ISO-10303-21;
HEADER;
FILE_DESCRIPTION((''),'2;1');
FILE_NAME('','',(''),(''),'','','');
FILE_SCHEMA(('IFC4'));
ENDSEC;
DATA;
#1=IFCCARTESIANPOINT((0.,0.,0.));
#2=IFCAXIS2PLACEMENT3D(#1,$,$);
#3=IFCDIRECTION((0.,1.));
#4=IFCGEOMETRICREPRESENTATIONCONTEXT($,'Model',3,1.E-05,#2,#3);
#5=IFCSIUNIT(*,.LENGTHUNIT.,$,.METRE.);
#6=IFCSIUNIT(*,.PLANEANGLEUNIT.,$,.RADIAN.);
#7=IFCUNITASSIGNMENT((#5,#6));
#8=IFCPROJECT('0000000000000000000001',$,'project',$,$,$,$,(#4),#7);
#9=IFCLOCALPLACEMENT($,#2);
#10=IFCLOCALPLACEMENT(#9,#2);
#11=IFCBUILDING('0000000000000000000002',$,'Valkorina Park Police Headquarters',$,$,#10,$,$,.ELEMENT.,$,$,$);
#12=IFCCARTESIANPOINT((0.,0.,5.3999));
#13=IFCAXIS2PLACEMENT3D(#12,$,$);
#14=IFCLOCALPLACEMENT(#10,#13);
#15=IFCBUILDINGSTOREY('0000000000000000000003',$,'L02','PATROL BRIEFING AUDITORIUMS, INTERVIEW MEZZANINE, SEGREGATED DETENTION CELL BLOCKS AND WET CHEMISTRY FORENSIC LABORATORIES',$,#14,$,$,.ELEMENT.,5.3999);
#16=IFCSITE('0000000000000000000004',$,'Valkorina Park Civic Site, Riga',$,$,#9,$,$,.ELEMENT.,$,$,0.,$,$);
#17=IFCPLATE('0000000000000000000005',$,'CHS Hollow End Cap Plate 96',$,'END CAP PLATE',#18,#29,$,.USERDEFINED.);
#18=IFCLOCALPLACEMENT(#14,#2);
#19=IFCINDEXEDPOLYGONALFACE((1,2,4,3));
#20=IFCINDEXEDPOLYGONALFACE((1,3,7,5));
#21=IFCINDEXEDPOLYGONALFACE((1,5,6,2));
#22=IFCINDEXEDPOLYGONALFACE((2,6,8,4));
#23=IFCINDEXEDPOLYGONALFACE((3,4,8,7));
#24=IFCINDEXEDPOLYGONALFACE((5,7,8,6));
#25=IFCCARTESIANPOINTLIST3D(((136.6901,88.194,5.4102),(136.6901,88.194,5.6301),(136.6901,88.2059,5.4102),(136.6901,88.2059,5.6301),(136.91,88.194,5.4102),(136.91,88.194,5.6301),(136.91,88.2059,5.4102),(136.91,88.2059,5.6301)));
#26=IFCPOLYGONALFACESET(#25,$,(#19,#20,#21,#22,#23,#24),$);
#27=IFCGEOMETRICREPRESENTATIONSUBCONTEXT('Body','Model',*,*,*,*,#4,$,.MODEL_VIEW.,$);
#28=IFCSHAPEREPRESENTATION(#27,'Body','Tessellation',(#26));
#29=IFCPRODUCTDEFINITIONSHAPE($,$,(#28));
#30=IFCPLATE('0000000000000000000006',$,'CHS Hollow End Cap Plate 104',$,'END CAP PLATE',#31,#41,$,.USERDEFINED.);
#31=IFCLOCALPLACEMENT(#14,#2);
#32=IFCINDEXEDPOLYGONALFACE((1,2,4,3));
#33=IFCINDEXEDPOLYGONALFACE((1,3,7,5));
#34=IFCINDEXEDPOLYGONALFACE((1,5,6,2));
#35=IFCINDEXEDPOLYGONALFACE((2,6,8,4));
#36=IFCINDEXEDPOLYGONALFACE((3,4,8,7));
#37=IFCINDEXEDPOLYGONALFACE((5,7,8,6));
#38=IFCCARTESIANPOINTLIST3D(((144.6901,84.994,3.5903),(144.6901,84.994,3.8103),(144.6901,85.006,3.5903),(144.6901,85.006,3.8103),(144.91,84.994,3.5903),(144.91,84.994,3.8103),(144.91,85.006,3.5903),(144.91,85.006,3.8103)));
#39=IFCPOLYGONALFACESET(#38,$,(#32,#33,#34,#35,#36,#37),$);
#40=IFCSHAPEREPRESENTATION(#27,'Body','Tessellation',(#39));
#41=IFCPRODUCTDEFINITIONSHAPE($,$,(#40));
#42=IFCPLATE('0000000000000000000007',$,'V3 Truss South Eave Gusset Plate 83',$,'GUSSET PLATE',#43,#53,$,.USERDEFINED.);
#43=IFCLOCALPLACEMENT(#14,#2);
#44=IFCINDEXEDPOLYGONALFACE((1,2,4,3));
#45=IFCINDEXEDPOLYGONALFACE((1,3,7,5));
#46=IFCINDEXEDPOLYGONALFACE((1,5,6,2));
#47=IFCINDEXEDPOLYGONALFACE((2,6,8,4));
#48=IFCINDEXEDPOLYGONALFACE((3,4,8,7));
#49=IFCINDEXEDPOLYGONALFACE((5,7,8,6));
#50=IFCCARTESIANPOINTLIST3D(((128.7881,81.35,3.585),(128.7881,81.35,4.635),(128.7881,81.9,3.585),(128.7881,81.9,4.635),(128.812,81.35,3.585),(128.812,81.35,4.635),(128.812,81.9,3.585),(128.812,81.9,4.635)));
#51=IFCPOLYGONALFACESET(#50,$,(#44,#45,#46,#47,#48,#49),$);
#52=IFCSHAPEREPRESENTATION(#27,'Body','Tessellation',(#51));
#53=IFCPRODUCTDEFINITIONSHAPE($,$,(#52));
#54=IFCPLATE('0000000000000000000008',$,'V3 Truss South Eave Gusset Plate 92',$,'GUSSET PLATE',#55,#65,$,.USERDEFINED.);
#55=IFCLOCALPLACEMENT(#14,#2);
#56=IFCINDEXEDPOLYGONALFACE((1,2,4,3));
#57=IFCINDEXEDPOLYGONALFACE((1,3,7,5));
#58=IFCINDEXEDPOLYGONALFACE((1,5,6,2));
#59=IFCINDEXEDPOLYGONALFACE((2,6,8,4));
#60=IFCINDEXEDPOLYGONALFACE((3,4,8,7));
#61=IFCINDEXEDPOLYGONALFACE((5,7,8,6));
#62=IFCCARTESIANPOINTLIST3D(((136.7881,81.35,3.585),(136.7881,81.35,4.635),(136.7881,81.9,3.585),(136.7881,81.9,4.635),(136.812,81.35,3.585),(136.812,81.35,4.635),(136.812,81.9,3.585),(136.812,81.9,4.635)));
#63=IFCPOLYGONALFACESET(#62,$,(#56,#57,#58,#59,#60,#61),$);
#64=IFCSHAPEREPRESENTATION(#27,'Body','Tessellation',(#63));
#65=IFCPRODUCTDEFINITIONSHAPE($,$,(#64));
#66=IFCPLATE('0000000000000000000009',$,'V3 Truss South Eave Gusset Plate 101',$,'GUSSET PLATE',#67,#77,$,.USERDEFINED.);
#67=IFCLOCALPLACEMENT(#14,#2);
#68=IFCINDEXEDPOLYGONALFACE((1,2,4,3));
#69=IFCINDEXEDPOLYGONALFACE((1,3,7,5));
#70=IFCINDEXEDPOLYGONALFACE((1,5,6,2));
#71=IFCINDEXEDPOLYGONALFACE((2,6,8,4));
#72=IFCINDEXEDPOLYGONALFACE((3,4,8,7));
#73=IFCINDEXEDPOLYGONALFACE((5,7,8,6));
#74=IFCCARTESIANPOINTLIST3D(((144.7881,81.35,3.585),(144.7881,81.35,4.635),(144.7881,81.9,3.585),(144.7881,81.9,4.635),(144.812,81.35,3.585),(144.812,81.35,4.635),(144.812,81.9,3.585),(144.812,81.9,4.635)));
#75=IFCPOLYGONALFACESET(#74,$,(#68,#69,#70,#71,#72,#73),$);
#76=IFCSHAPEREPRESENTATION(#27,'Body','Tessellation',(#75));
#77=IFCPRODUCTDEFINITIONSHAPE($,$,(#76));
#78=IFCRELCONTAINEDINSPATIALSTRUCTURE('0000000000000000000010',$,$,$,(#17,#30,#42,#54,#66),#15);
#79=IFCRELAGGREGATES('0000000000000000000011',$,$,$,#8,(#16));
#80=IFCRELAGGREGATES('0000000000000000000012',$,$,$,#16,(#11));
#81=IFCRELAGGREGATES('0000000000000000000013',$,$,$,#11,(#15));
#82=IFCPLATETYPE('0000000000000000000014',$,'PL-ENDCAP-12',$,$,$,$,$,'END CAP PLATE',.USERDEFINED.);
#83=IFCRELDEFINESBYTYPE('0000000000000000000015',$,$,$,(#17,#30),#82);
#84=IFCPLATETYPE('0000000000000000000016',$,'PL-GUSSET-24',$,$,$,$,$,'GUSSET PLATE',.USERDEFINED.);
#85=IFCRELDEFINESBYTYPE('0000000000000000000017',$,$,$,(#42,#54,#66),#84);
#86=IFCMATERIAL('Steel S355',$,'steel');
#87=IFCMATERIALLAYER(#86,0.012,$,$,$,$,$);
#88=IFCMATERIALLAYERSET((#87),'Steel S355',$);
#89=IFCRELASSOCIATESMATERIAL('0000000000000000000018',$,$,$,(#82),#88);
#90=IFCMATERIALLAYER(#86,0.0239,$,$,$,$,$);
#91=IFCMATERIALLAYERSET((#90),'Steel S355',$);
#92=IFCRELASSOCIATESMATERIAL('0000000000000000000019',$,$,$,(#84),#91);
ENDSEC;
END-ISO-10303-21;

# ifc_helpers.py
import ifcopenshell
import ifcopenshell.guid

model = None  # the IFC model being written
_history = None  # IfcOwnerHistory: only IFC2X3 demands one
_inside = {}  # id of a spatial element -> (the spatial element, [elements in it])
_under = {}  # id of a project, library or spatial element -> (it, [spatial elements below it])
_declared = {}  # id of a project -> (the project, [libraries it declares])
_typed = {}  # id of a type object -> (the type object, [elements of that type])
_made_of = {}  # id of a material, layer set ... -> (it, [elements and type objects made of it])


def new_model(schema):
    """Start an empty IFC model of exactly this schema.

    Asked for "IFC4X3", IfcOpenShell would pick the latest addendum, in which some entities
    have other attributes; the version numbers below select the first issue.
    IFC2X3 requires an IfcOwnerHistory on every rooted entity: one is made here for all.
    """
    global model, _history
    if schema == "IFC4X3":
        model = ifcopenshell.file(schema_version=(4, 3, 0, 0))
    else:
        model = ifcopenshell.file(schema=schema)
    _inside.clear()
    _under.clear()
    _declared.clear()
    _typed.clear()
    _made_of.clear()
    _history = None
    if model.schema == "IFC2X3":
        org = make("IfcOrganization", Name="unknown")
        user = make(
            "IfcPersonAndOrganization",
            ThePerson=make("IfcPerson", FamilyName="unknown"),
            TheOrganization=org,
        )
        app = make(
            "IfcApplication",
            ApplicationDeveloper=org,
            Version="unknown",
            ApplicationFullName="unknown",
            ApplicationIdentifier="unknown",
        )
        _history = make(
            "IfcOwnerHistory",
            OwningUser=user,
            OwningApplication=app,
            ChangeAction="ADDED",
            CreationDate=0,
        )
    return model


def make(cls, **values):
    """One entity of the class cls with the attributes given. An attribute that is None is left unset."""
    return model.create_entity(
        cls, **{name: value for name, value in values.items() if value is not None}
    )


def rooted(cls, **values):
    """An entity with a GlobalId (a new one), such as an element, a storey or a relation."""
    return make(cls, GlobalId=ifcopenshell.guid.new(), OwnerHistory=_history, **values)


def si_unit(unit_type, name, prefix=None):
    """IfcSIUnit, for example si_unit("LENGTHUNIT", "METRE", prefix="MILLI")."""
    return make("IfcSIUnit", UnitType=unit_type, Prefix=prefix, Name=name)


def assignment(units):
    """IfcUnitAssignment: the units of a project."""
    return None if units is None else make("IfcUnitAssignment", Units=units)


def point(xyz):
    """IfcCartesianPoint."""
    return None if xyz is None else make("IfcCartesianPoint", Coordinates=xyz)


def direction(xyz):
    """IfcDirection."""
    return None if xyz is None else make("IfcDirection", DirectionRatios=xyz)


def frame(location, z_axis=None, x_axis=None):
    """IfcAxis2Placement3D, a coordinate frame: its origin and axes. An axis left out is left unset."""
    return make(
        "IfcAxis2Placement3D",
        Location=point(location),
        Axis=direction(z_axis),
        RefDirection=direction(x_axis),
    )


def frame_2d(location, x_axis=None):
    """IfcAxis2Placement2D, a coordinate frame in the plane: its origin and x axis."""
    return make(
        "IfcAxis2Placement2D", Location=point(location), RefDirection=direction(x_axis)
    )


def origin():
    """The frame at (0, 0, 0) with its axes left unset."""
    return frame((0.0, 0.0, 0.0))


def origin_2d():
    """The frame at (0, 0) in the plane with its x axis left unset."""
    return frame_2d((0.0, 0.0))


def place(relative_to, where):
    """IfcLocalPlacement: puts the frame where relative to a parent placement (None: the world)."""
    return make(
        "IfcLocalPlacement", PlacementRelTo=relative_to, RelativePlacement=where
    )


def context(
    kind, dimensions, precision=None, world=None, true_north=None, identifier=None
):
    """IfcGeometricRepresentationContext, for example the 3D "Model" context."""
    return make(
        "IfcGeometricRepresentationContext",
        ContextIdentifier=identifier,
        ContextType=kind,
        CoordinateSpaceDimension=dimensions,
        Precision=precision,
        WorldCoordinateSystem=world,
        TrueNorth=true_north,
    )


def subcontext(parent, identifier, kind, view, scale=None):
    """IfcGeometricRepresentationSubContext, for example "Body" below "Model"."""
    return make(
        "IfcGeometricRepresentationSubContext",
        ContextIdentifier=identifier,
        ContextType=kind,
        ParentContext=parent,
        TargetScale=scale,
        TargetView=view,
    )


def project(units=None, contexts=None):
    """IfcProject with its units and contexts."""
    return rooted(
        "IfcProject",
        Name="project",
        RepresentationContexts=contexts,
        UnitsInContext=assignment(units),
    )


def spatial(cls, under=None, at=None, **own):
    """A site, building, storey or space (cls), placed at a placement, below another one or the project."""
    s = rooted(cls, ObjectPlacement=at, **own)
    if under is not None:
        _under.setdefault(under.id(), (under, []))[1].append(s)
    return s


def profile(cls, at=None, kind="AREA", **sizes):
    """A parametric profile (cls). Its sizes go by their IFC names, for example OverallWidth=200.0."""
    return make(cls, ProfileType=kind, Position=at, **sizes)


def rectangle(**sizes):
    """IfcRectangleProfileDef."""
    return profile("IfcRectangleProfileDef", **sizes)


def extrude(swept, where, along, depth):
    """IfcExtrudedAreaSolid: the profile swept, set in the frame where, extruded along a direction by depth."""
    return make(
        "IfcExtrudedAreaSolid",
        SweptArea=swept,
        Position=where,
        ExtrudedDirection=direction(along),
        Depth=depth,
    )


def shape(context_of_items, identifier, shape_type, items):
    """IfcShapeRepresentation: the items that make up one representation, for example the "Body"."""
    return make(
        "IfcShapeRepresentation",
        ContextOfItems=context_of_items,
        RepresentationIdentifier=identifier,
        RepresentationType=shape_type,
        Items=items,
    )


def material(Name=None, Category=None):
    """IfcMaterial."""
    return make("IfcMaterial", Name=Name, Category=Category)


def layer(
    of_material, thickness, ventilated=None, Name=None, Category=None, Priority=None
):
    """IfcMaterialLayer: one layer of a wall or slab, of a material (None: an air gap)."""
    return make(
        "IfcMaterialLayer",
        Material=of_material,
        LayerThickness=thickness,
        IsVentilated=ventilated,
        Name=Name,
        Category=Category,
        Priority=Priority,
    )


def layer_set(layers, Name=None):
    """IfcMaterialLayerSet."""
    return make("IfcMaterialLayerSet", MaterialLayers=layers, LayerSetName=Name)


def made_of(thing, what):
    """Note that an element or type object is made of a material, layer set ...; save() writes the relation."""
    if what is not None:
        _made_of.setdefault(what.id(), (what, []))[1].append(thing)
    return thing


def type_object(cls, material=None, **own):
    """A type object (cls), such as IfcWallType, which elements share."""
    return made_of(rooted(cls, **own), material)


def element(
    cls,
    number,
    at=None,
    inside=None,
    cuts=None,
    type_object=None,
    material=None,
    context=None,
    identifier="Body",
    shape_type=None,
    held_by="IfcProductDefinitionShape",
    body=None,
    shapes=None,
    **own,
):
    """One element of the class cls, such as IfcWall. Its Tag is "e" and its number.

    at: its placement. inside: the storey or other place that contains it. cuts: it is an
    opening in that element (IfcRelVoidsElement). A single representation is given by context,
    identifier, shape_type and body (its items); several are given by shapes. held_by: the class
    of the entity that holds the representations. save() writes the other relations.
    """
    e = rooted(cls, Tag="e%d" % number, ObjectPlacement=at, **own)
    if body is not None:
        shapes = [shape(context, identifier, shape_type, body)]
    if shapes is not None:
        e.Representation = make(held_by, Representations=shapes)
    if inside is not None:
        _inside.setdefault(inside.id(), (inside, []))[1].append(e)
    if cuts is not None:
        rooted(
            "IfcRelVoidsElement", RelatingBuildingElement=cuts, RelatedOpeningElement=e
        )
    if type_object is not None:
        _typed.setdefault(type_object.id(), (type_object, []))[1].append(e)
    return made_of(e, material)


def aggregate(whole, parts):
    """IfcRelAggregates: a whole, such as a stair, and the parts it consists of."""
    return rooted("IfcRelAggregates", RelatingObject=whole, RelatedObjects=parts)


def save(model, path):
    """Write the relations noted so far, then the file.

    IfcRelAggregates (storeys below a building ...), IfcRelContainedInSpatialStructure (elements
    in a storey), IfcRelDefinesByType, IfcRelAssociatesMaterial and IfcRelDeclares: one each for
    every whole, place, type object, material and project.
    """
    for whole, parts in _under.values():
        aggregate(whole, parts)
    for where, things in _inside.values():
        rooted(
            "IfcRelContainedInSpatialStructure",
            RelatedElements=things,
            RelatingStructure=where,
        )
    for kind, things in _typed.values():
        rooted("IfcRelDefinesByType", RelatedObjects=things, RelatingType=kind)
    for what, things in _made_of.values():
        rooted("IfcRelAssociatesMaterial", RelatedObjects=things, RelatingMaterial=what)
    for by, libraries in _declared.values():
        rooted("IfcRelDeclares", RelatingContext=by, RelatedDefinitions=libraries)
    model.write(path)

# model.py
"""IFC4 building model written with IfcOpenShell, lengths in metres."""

from ifc_helpers import new_model, si_unit, direction, frame, origin, origin_2d, place, context, subcontext, project, spatial, rectangle, extrude, material, layer, layer_set, type_object, element, save


model = new_model("IFC4")

# Units and contexts
model_context = context("Model", 3, precision=1e-05, world=origin(), true_north=direction((0.0, 1.0)))
body_context = subcontext(model_context, "Body", "Model", "MODEL_VIEW")
ifc_project = project(units=[si_unit("LENGTHUNIT", "METRE"), si_unit("PLANEANGLEUNIT", "RADIAN")], contexts=[model_context])

# Site, building, storey
site_placement = place(None, origin())
site = spatial("IfcSite", under=ifc_project, at=site_placement, Name="Valkorina Park Civic Site, Riga", CompositionType="ELEMENT", RefElevation=0.0)
building_placement = place(site_placement, origin())
building = spatial("IfcBuilding", under=site, at=building_placement, Name="Valkorina Park Police Headquarters", CompositionType="ELEMENT")
storey_placement = place(building_placement, frame((0.0, 0.0, 5.3999)))
storey = spatial("IfcBuildingStorey", under=building, at=storey_placement, Name="L02", Description="PATROL BRIEFING AUDITORIUMS, INTERVIEW MEZZANINE, SEGREGATED DETENTION CELL BLOCKS AND WET CHEMISTRY FORENSIC LABORATORIES", CompositionType="ELEMENT", Elevation=5.3999)

# Shared definitions
ifc_material = material(Name="Steel S355", Category="steel")

# Plates
ifc_layer_1 = layer(ifc_material, 0.012)
ifc_layer_set_1 = layer_set([ifc_layer_1], Name="Steel S355")
plate_type_1 = type_object("IfcPlateType", Name="PL-ENDCAP-12", ElementType="END CAP PLATE", PredefinedType="USERDEFINED", material=ifc_layer_set_1)
for number, where, z_axis, x_axis, name in (
    (1, (136.8, 88.2, 5.4102), (0.0, 0.0, 1.0), (1.0, 0.0, 0.0), "CHS Hollow End Cap Plate 96"),
    (2, (144.8, 85.0, 3.5903), (0.0, 0.0, 1.0), (1.0, 0.0, 0.0), "CHS Hollow End Cap Plate 104"),
):
    element("IfcPlate", number, at=place(storey_placement, frame(where, z_axis=z_axis, x_axis=x_axis)), inside=storey, type_object=plate_type_1, Name=name, ObjectType="END CAP PLATE", PredefinedType="USERDEFINED", context=body_context, shape_type="SweptSolid", body=[
        extrude(rectangle(XDim=0.22, YDim=0.012, at=origin_2d()), origin(), (0.0, 0.0, 1.0), 0.22),
    ])
ifc_layer_2 = layer(ifc_material, 0.0239)
ifc_layer_set_2 = layer_set([ifc_layer_2], Name="Steel S355")
plate_type_2 = type_object("IfcPlateType", Name="PL-GUSSET-24", ElementType="GUSSET PLATE", PredefinedType="USERDEFINED", material=ifc_layer_set_2)
for number, where, z_axis, x_axis, name in (
    (3, (128.8, 81.625, 3.585), (0.0, 0.0, 1.0), (1.0, 0.0, 0.0), "V3 Truss South Eave Gusset Plate 83"),
    (4, (136.8, 81.625, 3.585), (0.0, 0.0, 1.0), (1.0, 0.0, 0.0), "V3 Truss South Eave Gusset Plate 92"),
    (5, (144.8, 81.625, 3.585), (0.0, 0.0, 1.0), (1.0, 0.0, 0.0), "V3 Truss South Eave Gusset Plate 101"),
):
    element("IfcPlate", number, at=place(storey_placement, frame(where, z_axis=z_axis, x_axis=x_axis)), inside=storey, type_object=plate_type_2, Name=name, ObjectType="GUSSET PLATE", PredefinedType="USERDEFINED", context=body_context, shape_type="SweptSolid", body=[
        extrude(rectangle(XDim=0.0239, YDim=0.55, at=origin_2d()), origin(), (0.0, 0.0, 1.0), 1.05),
    ])

save(model, "model.ifc")
